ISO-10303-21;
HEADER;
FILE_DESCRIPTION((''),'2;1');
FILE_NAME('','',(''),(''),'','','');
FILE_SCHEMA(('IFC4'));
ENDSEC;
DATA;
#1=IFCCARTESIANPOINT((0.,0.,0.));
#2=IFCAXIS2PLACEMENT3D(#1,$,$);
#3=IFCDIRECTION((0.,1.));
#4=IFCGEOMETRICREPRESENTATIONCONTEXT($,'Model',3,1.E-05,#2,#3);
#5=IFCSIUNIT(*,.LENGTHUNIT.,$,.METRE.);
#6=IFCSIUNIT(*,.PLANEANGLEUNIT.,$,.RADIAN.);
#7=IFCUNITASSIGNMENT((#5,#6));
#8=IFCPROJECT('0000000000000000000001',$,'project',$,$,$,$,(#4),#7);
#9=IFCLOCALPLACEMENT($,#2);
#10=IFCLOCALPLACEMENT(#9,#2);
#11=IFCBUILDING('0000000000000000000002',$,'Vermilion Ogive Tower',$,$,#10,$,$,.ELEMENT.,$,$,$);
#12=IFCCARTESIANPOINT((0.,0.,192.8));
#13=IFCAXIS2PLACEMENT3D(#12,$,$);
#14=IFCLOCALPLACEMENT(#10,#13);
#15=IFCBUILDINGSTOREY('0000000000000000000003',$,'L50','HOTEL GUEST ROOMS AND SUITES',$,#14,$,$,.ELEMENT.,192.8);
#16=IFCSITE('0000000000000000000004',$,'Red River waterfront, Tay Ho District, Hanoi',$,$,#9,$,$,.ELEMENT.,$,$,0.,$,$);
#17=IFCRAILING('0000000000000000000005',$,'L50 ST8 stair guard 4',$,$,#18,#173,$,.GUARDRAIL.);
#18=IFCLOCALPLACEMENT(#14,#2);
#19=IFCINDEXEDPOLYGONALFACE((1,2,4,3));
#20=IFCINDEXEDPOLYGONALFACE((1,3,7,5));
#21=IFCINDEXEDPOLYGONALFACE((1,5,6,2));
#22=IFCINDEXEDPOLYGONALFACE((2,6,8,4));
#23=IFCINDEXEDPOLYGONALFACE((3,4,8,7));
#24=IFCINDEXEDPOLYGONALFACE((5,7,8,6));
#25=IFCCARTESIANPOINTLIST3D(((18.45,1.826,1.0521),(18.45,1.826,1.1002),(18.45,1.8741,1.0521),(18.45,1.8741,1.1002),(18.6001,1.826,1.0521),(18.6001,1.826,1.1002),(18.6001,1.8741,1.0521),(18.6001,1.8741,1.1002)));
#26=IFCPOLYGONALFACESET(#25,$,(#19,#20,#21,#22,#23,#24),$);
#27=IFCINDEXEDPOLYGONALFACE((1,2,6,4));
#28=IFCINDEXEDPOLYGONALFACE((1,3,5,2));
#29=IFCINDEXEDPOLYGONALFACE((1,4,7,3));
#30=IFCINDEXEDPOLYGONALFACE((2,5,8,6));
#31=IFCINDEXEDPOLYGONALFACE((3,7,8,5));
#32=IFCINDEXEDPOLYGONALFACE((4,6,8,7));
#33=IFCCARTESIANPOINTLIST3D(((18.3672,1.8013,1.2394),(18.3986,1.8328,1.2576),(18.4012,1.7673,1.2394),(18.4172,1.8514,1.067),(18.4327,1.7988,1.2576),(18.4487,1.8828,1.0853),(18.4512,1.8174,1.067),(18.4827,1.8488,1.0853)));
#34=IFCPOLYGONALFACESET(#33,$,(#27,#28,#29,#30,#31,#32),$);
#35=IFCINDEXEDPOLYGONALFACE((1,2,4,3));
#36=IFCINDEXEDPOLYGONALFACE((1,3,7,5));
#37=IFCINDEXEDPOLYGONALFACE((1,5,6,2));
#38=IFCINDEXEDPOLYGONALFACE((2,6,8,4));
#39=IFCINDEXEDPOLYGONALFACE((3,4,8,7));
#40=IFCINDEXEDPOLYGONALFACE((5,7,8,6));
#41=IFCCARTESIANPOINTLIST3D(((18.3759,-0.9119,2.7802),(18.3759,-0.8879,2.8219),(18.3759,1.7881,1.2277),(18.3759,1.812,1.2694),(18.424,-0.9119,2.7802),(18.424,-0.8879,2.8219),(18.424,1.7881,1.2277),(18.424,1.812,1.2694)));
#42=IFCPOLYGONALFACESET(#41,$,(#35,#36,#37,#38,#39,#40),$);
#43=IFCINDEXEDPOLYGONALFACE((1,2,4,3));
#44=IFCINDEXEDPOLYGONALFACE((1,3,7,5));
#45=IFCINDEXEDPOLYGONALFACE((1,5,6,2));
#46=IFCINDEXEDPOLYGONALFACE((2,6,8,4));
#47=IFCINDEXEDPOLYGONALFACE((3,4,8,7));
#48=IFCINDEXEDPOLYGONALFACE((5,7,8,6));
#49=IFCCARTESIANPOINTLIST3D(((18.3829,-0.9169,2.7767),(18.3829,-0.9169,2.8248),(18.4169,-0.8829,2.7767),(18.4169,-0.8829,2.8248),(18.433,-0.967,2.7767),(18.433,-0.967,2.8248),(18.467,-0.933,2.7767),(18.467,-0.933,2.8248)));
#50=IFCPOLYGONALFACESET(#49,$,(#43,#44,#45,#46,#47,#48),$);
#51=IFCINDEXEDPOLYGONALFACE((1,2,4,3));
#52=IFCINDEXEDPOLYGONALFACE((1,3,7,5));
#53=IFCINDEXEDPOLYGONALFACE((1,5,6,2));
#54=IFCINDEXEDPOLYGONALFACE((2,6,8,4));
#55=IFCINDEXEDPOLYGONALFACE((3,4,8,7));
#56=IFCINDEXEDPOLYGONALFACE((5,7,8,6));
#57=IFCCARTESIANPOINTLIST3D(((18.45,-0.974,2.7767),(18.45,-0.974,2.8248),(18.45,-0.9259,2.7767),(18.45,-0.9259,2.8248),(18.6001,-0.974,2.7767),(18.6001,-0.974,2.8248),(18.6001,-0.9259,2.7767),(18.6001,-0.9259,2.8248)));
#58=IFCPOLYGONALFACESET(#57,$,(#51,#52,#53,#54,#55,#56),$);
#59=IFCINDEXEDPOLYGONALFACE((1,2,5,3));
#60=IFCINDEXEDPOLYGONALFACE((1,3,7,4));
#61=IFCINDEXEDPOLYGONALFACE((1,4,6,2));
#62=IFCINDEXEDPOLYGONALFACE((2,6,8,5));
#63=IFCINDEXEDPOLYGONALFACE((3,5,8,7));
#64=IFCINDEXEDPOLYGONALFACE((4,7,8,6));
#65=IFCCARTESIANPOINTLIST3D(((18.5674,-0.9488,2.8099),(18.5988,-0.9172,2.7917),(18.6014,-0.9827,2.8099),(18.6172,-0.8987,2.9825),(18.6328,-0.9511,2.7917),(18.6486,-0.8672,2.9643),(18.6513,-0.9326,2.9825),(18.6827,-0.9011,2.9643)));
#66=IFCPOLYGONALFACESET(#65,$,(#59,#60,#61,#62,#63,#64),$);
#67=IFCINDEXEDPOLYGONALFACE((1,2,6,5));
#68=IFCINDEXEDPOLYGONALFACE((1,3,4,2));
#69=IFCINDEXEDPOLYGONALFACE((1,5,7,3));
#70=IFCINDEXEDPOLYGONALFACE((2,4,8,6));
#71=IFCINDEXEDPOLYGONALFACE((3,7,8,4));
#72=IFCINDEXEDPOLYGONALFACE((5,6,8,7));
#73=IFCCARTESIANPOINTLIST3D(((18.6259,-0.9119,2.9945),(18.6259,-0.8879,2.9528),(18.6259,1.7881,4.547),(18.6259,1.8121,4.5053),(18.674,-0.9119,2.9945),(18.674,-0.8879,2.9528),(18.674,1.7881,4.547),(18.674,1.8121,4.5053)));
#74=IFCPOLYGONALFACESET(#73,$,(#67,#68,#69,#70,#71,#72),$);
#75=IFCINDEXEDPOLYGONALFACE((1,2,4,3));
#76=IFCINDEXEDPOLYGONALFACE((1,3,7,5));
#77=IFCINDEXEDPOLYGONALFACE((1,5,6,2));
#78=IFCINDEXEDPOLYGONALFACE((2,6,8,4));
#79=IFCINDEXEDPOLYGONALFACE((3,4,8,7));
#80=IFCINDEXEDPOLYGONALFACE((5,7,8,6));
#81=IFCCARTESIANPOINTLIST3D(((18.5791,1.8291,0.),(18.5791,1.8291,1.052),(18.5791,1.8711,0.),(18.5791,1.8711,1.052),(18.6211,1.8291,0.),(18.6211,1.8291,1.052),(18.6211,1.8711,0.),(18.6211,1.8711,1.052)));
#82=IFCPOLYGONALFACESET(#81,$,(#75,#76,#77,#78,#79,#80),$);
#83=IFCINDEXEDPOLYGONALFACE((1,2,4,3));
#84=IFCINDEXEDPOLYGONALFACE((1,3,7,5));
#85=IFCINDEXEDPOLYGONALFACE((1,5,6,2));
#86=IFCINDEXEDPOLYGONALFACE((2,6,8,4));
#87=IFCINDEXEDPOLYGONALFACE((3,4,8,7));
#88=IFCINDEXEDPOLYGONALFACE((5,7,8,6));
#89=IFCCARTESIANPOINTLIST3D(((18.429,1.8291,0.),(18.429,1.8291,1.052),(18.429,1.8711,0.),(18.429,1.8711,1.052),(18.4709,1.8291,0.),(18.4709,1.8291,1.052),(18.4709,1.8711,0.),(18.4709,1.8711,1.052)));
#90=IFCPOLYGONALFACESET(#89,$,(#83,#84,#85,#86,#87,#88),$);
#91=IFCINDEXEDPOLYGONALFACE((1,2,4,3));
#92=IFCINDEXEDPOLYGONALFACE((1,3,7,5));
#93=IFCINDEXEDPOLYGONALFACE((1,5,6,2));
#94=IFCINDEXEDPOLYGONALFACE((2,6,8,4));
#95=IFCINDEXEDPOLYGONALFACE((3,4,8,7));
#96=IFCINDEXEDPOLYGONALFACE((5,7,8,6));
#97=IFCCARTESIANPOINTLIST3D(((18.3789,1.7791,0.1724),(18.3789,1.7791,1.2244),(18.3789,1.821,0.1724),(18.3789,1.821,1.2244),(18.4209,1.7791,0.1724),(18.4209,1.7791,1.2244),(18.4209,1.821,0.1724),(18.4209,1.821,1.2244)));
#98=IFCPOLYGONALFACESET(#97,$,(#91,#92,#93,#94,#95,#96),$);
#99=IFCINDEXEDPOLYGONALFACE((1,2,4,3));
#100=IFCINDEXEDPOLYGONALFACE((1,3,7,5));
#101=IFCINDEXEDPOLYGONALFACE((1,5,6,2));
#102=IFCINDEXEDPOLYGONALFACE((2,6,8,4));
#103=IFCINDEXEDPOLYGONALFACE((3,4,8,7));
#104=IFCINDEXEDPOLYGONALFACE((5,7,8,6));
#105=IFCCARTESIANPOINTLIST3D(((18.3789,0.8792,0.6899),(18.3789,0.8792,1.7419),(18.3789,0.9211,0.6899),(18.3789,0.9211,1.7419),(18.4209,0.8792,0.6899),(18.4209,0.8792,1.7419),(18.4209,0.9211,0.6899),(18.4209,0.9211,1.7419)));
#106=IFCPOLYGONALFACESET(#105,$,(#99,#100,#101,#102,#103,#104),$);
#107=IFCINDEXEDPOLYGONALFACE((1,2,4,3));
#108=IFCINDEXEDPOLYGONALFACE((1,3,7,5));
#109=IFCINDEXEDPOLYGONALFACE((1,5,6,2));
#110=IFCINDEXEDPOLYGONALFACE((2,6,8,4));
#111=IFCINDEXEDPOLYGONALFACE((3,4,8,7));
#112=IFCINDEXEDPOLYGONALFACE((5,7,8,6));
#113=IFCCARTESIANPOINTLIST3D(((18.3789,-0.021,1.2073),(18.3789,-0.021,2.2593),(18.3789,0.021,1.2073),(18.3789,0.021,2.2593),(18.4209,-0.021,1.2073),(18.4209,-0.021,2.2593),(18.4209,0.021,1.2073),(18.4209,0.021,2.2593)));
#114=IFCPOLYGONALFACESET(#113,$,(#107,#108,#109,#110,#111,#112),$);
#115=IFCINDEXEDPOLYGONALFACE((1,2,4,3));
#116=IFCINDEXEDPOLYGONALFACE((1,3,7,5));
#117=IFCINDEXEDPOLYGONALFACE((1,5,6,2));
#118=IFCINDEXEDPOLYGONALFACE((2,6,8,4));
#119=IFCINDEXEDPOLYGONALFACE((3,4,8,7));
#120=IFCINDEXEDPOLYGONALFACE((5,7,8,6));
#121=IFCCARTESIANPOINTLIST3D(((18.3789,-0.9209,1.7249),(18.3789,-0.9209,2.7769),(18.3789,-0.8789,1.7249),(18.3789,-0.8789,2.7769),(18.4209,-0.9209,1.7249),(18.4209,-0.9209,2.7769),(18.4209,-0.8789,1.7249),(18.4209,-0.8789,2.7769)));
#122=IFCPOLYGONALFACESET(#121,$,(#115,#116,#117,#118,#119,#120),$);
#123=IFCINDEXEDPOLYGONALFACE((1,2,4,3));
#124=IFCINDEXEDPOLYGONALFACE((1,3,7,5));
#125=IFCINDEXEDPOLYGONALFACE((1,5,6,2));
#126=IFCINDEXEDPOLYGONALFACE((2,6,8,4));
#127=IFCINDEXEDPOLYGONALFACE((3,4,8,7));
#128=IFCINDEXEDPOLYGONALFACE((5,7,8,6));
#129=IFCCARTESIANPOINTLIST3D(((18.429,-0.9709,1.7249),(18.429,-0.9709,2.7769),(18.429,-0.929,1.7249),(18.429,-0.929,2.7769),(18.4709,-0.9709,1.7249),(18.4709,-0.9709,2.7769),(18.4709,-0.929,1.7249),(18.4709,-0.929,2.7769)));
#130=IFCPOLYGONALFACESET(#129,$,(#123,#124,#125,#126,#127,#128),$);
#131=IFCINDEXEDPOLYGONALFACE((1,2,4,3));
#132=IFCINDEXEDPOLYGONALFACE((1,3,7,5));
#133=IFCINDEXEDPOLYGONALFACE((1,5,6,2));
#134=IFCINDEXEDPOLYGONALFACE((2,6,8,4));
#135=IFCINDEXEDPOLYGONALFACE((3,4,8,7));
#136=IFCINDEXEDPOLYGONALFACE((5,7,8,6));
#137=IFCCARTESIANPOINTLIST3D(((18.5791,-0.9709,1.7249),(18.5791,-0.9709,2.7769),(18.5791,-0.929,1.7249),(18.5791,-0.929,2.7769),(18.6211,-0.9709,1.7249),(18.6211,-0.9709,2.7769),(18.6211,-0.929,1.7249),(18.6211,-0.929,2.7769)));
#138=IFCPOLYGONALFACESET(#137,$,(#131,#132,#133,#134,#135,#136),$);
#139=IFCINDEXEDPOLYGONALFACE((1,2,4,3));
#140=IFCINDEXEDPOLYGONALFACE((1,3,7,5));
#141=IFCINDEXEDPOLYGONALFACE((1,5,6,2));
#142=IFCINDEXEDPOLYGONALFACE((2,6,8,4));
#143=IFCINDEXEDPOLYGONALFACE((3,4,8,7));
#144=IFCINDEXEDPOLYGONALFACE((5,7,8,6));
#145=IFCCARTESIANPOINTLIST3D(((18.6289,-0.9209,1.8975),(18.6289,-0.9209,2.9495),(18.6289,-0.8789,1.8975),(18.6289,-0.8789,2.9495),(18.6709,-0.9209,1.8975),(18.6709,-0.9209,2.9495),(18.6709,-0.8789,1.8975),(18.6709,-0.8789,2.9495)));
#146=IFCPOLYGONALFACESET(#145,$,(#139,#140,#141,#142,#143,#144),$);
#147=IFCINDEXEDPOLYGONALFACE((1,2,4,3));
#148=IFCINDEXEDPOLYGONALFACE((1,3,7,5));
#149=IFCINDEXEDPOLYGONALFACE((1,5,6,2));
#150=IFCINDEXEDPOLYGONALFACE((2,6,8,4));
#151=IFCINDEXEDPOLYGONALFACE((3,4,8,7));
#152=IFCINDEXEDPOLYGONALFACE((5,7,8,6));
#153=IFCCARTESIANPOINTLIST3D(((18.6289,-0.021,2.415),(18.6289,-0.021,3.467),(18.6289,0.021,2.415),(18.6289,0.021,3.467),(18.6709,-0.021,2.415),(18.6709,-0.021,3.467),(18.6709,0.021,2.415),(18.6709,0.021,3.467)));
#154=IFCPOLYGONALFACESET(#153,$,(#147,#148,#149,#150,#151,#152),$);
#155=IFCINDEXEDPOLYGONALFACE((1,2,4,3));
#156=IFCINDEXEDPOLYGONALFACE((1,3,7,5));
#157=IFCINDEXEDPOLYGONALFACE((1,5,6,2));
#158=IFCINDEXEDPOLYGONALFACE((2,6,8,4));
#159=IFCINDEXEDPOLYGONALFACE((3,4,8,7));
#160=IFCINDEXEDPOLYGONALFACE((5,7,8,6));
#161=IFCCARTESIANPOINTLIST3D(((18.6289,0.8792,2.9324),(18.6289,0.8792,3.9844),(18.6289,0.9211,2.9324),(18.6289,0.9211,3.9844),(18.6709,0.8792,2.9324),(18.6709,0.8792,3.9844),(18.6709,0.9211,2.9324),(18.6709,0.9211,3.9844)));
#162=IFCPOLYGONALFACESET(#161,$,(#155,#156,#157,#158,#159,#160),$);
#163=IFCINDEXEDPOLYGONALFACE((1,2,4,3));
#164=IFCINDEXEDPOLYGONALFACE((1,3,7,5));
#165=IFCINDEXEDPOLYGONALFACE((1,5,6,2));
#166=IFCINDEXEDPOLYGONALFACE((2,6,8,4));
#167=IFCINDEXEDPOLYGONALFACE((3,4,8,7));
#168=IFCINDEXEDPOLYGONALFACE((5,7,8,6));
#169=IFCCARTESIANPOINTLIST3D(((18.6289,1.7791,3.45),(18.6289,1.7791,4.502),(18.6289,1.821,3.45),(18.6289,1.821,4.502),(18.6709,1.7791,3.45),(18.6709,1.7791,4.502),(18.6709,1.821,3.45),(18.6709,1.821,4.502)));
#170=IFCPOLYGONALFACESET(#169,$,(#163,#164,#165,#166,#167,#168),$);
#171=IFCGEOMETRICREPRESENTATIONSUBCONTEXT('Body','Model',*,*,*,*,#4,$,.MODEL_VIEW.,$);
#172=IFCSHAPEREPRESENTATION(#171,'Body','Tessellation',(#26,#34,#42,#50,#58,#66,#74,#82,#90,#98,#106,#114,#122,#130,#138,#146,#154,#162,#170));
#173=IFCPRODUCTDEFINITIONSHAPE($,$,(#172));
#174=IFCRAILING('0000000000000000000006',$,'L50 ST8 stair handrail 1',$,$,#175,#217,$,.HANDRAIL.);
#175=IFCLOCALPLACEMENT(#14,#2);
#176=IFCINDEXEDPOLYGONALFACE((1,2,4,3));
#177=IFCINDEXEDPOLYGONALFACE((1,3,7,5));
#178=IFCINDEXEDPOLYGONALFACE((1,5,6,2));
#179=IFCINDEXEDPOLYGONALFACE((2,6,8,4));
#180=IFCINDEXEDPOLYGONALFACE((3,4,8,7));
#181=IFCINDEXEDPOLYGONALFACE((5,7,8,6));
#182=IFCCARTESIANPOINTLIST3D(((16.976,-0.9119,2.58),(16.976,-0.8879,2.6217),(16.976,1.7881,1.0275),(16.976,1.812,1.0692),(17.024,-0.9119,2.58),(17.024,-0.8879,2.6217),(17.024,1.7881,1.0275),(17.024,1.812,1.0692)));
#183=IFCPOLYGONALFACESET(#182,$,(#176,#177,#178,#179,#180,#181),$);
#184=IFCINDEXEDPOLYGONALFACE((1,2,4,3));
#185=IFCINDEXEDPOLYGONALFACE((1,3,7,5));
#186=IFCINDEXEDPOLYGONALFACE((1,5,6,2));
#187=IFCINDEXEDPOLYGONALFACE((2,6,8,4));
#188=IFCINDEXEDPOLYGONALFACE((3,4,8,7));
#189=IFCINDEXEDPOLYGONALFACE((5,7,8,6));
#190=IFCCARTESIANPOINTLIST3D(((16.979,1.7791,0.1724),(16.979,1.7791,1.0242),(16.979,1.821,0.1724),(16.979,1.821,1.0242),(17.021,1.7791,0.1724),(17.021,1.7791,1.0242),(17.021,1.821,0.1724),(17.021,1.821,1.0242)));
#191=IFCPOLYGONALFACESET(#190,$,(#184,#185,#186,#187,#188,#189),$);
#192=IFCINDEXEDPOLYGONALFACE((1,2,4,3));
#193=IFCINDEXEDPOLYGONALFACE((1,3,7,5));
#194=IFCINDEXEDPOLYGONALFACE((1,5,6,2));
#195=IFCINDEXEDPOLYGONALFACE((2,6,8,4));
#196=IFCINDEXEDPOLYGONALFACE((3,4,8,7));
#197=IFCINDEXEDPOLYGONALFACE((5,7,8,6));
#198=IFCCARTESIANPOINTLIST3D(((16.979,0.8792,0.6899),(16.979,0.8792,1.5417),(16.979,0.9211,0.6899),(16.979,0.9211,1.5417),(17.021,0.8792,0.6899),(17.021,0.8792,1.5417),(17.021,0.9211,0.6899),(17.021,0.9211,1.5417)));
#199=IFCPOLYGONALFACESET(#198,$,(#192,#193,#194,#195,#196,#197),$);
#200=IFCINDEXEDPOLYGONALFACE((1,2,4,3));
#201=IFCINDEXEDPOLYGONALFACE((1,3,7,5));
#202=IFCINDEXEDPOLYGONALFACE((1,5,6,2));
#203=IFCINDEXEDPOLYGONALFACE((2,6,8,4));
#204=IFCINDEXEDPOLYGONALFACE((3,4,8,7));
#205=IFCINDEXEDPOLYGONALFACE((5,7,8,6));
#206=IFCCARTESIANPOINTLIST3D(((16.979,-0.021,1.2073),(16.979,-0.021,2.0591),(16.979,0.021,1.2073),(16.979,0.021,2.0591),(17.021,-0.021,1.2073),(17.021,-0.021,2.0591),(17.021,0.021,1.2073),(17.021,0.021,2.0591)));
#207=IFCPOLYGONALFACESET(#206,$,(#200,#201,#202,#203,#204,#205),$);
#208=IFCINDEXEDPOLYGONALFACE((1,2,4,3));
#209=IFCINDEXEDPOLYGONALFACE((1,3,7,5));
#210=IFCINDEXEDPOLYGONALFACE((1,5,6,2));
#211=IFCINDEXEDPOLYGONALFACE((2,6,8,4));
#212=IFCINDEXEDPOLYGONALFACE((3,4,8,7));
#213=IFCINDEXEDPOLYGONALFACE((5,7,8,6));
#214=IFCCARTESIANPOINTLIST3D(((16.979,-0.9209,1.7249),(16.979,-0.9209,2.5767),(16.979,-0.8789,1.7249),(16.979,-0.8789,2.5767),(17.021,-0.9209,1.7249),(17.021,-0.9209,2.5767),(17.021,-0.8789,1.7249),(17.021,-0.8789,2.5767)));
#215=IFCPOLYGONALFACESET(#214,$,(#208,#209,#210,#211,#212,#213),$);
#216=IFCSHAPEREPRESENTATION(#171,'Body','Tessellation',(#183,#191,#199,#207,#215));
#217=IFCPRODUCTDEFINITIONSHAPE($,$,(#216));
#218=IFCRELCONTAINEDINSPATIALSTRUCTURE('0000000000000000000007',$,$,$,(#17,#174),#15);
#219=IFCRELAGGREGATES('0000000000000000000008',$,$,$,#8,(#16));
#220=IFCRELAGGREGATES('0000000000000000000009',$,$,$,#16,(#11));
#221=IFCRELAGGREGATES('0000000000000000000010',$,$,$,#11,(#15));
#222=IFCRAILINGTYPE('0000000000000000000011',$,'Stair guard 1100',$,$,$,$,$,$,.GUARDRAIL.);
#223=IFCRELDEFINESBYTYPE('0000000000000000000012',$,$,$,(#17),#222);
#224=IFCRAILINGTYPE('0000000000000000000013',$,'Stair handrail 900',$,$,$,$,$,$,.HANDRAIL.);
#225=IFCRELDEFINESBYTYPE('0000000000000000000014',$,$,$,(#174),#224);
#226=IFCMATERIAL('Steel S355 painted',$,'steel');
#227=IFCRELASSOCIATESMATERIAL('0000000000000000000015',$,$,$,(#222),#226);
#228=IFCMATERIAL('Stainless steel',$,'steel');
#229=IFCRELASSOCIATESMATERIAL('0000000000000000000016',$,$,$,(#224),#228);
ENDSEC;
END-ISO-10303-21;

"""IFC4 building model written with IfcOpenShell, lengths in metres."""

from ifc_helpers import new_model, si_unit, direction, frame, origin, origin_2d, place, context, subcontext, project, spatial, rectangle, extrude, material, type_object, element, save


model = new_model("IFC4")

# Units and contexts
model_context = context("Model", 3, precision=1e-05, world=origin(), true_north=direction((0.0, 1.0)))
body_context = subcontext(model_context, "Body", "Model", "MODEL_VIEW")
ifc_project = project(units=[si_unit("LENGTHUNIT", "METRE"), si_unit("PLANEANGLEUNIT", "RADIAN")], contexts=[model_context])

# Site, building, storey
site_placement = place(None, origin())
site = spatial("IfcSite", under=ifc_project, at=site_placement, Name="Red River waterfront, Tay Ho District, Hanoi", CompositionType="ELEMENT", RefElevation=0.0)
building_placement = place(site_placement, origin())
building = spatial("IfcBuilding", under=site, at=building_placement, Name="Vermilion Ogive Tower", CompositionType="ELEMENT")
storey_placement = place(building_placement, frame((0.0, 0.0, 192.8)))
storey = spatial("IfcBuildingStorey", under=building, at=storey_placement, Name="L50", Description="HOTEL GUEST ROOMS AND SUITES", CompositionType="ELEMENT", Elevation=192.8)

# Railings
ifc_material_1 = material(Name="Steel S355 painted", Category="steel")
railing_type_1 = type_object("IfcRailingType", Name="Stair guard 1100", PredefinedType="GUARDRAIL", material=ifc_material_1)
railing_1_placement = place(storey_placement, frame((18.6001, 1.8501, 0.0)))
element("IfcRailing", 1, at=railing_1_placement, inside=storey, type_object=railing_type_1, Name="L50 ST8 stair guard 4", PredefinedType="GUARDRAIL", context=body_context, shape_type="SweptSolid", body=[
    extrude(rectangle(XDim=0.0481, YDim=0.0481, at=origin_2d()), frame((0.0, 0.0, 1.0762), z_axis=(-1.0, 0.0, 0.0), x_axis=(0.0, -1.0, 0.0)), (0.0, 0.0, 1.0), 0.1501),
    extrude(rectangle(XDim=0.0481, YDim=0.0481, at=origin_2d()), frame((-0.1501, 0.0, 1.0762), z_axis=(-0.268603, -0.268603, 0.925043), x_axis=(0.707107, -0.707107, 0.0)), (0.0, 0.0, 1.0), 0.1863),
    extrude(rectangle(XDim=0.0481, YDim=0.0481, at=origin_2d()), frame((-0.2002, -0.05, 1.2485), z_axis=(0.0, -0.866904, 0.498476), x_axis=(1.0, 0.0, 0.0)), (0.0, 0.0, 1.0), 3.1145),
    extrude(rectangle(XDim=0.0481, YDim=0.0481, at=origin_2d()), frame((-0.2002, -2.75, 2.8008), z_axis=(0.707107, -0.707107, 0.0), x_axis=(0.707107, 0.707107, 0.0)), (0.0, 0.0, 1.0), 0.0708),
    extrude(rectangle(XDim=0.0481, YDim=0.0481, at=origin_2d()), frame((-0.1501, -2.8, 2.8008), z_axis=(1.0, 0.0, 0.0), x_axis=(0.0, 1.0, 0.0)), (0.0, 0.0, 1.0), 0.1501),
    extrude(rectangle(XDim=0.0481, YDim=0.0481, at=origin_2d()), frame((0.0, -2.8, 2.8008), z_axis=(0.267063, 0.268372, 0.925556), x_axis=(-0.708834, 0.705376, 0.0)), (0.0, 0.0, 1.0), 0.1865),
    extrude(rectangle(XDim=0.0481, YDim=0.0481, at=origin_2d()), frame((0.0498, -2.75, 2.9736), z_axis=(0.0, 0.866904, 0.498476), x_axis=(-1.0, 0.0, 0.0)), (0.0, 0.0, 1.0), 3.1145),
    extrude(rectangle(XDim=0.042, YDim=0.042, at=origin_2d()), origin(), (0.0, 0.0, 1.0), 1.052),
    extrude(rectangle(XDim=0.042, YDim=0.042, at=origin_2d()), frame((-0.1501, 0.0, 0.0)), (0.0, 0.0, 1.0), 1.052),
    extrude(rectangle(XDim=0.042, YDim=0.042, at=origin_2d()), frame((-0.2002, -0.05, 0.1724)), (0.0, 0.0, 1.0), 1.052),
    extrude(rectangle(XDim=0.042, YDim=0.042, at=origin_2d()), frame((-0.2002, -0.95, 0.6899)), (0.0, 0.0, 1.0), 1.052),
    extrude(rectangle(XDim=0.042, YDim=0.042, at=origin_2d()), frame((-0.2002, -1.8501, 1.2073)), (0.0, 0.0, 1.0), 1.052),
    extrude(rectangle(XDim=0.042, YDim=0.042, at=origin_2d()), frame((-0.2002, -2.75, 1.7249)), (0.0, 0.0, 1.0), 1.052),
    extrude(rectangle(XDim=0.042, YDim=0.042, at=origin_2d()), frame((-0.1501, -2.8, 1.7249)), (0.0, 0.0, 1.0), 1.052),
    extrude(rectangle(XDim=0.042, YDim=0.042, at=origin_2d()), frame((0.0, -2.8, 1.7249)), (0.0, 0.0, 1.0), 1.052),
    extrude(rectangle(XDim=0.042, YDim=0.042, at=origin_2d()), frame((0.0498, -2.75, 1.8975)), (0.0, 0.0, 1.0), 1.052),
    extrude(rectangle(XDim=0.042, YDim=0.042, at=origin_2d()), frame((0.0498, -1.8501, 2.415)), (0.0, 0.0, 1.0), 1.052),
    extrude(rectangle(XDim=0.042, YDim=0.042, at=origin_2d()), frame((0.0498, -0.95, 2.9324)), (0.0, 0.0, 1.0), 1.052),
    extrude(rectangle(XDim=0.042, YDim=0.042, at=origin_2d()), frame((0.0498, -0.05, 3.45)), (0.0, 0.0, 1.0), 1.052),
])
ifc_material_2 = material(Name="Stainless steel", Category="steel")
railing_type_2 = type_object("IfcRailingType", Name="Stair handrail 900", PredefinedType="HANDRAIL", material=ifc_material_2)
railing_2_placement = place(storey_placement, frame((17.0, 1.8, 0.1724)))
element("IfcRailing", 2, at=railing_2_placement, inside=storey, type_object=railing_type_2, Name="L50 ST8 stair handrail 1", PredefinedType="HANDRAIL", context=body_context, shape_type="SweptSolid", body=[
    extrude(rectangle(XDim=0.0481, YDim=0.0481, at=origin_2d()), frame((0.0, 0.0, 0.876), z_axis=(0.0, -0.866904, 0.498476), x_axis=(1.0, 0.0, 0.0)), (0.0, 0.0, 1.0), 3.1145),
    extrude(rectangle(XDim=0.042, YDim=0.042, at=origin_2d()), origin(), (0.0, 0.0, 1.0), 0.8518),
    extrude(rectangle(XDim=0.042, YDim=0.042, at=origin_2d()), frame((0.0, -0.8999, 0.5176)), (0.0, 0.0, 1.0), 0.8518),
    extrude(rectangle(XDim=0.042, YDim=0.042, at=origin_2d()), frame((0.0, -1.8, 1.0349)), (0.0, 0.0, 1.0), 0.8518),
    extrude(rectangle(XDim=0.042, YDim=0.042, at=origin_2d()), frame((0.0, -2.7, 1.5525)), (0.0, 0.0, 1.0), 0.8518),
])

save(model, "model.ifc")
